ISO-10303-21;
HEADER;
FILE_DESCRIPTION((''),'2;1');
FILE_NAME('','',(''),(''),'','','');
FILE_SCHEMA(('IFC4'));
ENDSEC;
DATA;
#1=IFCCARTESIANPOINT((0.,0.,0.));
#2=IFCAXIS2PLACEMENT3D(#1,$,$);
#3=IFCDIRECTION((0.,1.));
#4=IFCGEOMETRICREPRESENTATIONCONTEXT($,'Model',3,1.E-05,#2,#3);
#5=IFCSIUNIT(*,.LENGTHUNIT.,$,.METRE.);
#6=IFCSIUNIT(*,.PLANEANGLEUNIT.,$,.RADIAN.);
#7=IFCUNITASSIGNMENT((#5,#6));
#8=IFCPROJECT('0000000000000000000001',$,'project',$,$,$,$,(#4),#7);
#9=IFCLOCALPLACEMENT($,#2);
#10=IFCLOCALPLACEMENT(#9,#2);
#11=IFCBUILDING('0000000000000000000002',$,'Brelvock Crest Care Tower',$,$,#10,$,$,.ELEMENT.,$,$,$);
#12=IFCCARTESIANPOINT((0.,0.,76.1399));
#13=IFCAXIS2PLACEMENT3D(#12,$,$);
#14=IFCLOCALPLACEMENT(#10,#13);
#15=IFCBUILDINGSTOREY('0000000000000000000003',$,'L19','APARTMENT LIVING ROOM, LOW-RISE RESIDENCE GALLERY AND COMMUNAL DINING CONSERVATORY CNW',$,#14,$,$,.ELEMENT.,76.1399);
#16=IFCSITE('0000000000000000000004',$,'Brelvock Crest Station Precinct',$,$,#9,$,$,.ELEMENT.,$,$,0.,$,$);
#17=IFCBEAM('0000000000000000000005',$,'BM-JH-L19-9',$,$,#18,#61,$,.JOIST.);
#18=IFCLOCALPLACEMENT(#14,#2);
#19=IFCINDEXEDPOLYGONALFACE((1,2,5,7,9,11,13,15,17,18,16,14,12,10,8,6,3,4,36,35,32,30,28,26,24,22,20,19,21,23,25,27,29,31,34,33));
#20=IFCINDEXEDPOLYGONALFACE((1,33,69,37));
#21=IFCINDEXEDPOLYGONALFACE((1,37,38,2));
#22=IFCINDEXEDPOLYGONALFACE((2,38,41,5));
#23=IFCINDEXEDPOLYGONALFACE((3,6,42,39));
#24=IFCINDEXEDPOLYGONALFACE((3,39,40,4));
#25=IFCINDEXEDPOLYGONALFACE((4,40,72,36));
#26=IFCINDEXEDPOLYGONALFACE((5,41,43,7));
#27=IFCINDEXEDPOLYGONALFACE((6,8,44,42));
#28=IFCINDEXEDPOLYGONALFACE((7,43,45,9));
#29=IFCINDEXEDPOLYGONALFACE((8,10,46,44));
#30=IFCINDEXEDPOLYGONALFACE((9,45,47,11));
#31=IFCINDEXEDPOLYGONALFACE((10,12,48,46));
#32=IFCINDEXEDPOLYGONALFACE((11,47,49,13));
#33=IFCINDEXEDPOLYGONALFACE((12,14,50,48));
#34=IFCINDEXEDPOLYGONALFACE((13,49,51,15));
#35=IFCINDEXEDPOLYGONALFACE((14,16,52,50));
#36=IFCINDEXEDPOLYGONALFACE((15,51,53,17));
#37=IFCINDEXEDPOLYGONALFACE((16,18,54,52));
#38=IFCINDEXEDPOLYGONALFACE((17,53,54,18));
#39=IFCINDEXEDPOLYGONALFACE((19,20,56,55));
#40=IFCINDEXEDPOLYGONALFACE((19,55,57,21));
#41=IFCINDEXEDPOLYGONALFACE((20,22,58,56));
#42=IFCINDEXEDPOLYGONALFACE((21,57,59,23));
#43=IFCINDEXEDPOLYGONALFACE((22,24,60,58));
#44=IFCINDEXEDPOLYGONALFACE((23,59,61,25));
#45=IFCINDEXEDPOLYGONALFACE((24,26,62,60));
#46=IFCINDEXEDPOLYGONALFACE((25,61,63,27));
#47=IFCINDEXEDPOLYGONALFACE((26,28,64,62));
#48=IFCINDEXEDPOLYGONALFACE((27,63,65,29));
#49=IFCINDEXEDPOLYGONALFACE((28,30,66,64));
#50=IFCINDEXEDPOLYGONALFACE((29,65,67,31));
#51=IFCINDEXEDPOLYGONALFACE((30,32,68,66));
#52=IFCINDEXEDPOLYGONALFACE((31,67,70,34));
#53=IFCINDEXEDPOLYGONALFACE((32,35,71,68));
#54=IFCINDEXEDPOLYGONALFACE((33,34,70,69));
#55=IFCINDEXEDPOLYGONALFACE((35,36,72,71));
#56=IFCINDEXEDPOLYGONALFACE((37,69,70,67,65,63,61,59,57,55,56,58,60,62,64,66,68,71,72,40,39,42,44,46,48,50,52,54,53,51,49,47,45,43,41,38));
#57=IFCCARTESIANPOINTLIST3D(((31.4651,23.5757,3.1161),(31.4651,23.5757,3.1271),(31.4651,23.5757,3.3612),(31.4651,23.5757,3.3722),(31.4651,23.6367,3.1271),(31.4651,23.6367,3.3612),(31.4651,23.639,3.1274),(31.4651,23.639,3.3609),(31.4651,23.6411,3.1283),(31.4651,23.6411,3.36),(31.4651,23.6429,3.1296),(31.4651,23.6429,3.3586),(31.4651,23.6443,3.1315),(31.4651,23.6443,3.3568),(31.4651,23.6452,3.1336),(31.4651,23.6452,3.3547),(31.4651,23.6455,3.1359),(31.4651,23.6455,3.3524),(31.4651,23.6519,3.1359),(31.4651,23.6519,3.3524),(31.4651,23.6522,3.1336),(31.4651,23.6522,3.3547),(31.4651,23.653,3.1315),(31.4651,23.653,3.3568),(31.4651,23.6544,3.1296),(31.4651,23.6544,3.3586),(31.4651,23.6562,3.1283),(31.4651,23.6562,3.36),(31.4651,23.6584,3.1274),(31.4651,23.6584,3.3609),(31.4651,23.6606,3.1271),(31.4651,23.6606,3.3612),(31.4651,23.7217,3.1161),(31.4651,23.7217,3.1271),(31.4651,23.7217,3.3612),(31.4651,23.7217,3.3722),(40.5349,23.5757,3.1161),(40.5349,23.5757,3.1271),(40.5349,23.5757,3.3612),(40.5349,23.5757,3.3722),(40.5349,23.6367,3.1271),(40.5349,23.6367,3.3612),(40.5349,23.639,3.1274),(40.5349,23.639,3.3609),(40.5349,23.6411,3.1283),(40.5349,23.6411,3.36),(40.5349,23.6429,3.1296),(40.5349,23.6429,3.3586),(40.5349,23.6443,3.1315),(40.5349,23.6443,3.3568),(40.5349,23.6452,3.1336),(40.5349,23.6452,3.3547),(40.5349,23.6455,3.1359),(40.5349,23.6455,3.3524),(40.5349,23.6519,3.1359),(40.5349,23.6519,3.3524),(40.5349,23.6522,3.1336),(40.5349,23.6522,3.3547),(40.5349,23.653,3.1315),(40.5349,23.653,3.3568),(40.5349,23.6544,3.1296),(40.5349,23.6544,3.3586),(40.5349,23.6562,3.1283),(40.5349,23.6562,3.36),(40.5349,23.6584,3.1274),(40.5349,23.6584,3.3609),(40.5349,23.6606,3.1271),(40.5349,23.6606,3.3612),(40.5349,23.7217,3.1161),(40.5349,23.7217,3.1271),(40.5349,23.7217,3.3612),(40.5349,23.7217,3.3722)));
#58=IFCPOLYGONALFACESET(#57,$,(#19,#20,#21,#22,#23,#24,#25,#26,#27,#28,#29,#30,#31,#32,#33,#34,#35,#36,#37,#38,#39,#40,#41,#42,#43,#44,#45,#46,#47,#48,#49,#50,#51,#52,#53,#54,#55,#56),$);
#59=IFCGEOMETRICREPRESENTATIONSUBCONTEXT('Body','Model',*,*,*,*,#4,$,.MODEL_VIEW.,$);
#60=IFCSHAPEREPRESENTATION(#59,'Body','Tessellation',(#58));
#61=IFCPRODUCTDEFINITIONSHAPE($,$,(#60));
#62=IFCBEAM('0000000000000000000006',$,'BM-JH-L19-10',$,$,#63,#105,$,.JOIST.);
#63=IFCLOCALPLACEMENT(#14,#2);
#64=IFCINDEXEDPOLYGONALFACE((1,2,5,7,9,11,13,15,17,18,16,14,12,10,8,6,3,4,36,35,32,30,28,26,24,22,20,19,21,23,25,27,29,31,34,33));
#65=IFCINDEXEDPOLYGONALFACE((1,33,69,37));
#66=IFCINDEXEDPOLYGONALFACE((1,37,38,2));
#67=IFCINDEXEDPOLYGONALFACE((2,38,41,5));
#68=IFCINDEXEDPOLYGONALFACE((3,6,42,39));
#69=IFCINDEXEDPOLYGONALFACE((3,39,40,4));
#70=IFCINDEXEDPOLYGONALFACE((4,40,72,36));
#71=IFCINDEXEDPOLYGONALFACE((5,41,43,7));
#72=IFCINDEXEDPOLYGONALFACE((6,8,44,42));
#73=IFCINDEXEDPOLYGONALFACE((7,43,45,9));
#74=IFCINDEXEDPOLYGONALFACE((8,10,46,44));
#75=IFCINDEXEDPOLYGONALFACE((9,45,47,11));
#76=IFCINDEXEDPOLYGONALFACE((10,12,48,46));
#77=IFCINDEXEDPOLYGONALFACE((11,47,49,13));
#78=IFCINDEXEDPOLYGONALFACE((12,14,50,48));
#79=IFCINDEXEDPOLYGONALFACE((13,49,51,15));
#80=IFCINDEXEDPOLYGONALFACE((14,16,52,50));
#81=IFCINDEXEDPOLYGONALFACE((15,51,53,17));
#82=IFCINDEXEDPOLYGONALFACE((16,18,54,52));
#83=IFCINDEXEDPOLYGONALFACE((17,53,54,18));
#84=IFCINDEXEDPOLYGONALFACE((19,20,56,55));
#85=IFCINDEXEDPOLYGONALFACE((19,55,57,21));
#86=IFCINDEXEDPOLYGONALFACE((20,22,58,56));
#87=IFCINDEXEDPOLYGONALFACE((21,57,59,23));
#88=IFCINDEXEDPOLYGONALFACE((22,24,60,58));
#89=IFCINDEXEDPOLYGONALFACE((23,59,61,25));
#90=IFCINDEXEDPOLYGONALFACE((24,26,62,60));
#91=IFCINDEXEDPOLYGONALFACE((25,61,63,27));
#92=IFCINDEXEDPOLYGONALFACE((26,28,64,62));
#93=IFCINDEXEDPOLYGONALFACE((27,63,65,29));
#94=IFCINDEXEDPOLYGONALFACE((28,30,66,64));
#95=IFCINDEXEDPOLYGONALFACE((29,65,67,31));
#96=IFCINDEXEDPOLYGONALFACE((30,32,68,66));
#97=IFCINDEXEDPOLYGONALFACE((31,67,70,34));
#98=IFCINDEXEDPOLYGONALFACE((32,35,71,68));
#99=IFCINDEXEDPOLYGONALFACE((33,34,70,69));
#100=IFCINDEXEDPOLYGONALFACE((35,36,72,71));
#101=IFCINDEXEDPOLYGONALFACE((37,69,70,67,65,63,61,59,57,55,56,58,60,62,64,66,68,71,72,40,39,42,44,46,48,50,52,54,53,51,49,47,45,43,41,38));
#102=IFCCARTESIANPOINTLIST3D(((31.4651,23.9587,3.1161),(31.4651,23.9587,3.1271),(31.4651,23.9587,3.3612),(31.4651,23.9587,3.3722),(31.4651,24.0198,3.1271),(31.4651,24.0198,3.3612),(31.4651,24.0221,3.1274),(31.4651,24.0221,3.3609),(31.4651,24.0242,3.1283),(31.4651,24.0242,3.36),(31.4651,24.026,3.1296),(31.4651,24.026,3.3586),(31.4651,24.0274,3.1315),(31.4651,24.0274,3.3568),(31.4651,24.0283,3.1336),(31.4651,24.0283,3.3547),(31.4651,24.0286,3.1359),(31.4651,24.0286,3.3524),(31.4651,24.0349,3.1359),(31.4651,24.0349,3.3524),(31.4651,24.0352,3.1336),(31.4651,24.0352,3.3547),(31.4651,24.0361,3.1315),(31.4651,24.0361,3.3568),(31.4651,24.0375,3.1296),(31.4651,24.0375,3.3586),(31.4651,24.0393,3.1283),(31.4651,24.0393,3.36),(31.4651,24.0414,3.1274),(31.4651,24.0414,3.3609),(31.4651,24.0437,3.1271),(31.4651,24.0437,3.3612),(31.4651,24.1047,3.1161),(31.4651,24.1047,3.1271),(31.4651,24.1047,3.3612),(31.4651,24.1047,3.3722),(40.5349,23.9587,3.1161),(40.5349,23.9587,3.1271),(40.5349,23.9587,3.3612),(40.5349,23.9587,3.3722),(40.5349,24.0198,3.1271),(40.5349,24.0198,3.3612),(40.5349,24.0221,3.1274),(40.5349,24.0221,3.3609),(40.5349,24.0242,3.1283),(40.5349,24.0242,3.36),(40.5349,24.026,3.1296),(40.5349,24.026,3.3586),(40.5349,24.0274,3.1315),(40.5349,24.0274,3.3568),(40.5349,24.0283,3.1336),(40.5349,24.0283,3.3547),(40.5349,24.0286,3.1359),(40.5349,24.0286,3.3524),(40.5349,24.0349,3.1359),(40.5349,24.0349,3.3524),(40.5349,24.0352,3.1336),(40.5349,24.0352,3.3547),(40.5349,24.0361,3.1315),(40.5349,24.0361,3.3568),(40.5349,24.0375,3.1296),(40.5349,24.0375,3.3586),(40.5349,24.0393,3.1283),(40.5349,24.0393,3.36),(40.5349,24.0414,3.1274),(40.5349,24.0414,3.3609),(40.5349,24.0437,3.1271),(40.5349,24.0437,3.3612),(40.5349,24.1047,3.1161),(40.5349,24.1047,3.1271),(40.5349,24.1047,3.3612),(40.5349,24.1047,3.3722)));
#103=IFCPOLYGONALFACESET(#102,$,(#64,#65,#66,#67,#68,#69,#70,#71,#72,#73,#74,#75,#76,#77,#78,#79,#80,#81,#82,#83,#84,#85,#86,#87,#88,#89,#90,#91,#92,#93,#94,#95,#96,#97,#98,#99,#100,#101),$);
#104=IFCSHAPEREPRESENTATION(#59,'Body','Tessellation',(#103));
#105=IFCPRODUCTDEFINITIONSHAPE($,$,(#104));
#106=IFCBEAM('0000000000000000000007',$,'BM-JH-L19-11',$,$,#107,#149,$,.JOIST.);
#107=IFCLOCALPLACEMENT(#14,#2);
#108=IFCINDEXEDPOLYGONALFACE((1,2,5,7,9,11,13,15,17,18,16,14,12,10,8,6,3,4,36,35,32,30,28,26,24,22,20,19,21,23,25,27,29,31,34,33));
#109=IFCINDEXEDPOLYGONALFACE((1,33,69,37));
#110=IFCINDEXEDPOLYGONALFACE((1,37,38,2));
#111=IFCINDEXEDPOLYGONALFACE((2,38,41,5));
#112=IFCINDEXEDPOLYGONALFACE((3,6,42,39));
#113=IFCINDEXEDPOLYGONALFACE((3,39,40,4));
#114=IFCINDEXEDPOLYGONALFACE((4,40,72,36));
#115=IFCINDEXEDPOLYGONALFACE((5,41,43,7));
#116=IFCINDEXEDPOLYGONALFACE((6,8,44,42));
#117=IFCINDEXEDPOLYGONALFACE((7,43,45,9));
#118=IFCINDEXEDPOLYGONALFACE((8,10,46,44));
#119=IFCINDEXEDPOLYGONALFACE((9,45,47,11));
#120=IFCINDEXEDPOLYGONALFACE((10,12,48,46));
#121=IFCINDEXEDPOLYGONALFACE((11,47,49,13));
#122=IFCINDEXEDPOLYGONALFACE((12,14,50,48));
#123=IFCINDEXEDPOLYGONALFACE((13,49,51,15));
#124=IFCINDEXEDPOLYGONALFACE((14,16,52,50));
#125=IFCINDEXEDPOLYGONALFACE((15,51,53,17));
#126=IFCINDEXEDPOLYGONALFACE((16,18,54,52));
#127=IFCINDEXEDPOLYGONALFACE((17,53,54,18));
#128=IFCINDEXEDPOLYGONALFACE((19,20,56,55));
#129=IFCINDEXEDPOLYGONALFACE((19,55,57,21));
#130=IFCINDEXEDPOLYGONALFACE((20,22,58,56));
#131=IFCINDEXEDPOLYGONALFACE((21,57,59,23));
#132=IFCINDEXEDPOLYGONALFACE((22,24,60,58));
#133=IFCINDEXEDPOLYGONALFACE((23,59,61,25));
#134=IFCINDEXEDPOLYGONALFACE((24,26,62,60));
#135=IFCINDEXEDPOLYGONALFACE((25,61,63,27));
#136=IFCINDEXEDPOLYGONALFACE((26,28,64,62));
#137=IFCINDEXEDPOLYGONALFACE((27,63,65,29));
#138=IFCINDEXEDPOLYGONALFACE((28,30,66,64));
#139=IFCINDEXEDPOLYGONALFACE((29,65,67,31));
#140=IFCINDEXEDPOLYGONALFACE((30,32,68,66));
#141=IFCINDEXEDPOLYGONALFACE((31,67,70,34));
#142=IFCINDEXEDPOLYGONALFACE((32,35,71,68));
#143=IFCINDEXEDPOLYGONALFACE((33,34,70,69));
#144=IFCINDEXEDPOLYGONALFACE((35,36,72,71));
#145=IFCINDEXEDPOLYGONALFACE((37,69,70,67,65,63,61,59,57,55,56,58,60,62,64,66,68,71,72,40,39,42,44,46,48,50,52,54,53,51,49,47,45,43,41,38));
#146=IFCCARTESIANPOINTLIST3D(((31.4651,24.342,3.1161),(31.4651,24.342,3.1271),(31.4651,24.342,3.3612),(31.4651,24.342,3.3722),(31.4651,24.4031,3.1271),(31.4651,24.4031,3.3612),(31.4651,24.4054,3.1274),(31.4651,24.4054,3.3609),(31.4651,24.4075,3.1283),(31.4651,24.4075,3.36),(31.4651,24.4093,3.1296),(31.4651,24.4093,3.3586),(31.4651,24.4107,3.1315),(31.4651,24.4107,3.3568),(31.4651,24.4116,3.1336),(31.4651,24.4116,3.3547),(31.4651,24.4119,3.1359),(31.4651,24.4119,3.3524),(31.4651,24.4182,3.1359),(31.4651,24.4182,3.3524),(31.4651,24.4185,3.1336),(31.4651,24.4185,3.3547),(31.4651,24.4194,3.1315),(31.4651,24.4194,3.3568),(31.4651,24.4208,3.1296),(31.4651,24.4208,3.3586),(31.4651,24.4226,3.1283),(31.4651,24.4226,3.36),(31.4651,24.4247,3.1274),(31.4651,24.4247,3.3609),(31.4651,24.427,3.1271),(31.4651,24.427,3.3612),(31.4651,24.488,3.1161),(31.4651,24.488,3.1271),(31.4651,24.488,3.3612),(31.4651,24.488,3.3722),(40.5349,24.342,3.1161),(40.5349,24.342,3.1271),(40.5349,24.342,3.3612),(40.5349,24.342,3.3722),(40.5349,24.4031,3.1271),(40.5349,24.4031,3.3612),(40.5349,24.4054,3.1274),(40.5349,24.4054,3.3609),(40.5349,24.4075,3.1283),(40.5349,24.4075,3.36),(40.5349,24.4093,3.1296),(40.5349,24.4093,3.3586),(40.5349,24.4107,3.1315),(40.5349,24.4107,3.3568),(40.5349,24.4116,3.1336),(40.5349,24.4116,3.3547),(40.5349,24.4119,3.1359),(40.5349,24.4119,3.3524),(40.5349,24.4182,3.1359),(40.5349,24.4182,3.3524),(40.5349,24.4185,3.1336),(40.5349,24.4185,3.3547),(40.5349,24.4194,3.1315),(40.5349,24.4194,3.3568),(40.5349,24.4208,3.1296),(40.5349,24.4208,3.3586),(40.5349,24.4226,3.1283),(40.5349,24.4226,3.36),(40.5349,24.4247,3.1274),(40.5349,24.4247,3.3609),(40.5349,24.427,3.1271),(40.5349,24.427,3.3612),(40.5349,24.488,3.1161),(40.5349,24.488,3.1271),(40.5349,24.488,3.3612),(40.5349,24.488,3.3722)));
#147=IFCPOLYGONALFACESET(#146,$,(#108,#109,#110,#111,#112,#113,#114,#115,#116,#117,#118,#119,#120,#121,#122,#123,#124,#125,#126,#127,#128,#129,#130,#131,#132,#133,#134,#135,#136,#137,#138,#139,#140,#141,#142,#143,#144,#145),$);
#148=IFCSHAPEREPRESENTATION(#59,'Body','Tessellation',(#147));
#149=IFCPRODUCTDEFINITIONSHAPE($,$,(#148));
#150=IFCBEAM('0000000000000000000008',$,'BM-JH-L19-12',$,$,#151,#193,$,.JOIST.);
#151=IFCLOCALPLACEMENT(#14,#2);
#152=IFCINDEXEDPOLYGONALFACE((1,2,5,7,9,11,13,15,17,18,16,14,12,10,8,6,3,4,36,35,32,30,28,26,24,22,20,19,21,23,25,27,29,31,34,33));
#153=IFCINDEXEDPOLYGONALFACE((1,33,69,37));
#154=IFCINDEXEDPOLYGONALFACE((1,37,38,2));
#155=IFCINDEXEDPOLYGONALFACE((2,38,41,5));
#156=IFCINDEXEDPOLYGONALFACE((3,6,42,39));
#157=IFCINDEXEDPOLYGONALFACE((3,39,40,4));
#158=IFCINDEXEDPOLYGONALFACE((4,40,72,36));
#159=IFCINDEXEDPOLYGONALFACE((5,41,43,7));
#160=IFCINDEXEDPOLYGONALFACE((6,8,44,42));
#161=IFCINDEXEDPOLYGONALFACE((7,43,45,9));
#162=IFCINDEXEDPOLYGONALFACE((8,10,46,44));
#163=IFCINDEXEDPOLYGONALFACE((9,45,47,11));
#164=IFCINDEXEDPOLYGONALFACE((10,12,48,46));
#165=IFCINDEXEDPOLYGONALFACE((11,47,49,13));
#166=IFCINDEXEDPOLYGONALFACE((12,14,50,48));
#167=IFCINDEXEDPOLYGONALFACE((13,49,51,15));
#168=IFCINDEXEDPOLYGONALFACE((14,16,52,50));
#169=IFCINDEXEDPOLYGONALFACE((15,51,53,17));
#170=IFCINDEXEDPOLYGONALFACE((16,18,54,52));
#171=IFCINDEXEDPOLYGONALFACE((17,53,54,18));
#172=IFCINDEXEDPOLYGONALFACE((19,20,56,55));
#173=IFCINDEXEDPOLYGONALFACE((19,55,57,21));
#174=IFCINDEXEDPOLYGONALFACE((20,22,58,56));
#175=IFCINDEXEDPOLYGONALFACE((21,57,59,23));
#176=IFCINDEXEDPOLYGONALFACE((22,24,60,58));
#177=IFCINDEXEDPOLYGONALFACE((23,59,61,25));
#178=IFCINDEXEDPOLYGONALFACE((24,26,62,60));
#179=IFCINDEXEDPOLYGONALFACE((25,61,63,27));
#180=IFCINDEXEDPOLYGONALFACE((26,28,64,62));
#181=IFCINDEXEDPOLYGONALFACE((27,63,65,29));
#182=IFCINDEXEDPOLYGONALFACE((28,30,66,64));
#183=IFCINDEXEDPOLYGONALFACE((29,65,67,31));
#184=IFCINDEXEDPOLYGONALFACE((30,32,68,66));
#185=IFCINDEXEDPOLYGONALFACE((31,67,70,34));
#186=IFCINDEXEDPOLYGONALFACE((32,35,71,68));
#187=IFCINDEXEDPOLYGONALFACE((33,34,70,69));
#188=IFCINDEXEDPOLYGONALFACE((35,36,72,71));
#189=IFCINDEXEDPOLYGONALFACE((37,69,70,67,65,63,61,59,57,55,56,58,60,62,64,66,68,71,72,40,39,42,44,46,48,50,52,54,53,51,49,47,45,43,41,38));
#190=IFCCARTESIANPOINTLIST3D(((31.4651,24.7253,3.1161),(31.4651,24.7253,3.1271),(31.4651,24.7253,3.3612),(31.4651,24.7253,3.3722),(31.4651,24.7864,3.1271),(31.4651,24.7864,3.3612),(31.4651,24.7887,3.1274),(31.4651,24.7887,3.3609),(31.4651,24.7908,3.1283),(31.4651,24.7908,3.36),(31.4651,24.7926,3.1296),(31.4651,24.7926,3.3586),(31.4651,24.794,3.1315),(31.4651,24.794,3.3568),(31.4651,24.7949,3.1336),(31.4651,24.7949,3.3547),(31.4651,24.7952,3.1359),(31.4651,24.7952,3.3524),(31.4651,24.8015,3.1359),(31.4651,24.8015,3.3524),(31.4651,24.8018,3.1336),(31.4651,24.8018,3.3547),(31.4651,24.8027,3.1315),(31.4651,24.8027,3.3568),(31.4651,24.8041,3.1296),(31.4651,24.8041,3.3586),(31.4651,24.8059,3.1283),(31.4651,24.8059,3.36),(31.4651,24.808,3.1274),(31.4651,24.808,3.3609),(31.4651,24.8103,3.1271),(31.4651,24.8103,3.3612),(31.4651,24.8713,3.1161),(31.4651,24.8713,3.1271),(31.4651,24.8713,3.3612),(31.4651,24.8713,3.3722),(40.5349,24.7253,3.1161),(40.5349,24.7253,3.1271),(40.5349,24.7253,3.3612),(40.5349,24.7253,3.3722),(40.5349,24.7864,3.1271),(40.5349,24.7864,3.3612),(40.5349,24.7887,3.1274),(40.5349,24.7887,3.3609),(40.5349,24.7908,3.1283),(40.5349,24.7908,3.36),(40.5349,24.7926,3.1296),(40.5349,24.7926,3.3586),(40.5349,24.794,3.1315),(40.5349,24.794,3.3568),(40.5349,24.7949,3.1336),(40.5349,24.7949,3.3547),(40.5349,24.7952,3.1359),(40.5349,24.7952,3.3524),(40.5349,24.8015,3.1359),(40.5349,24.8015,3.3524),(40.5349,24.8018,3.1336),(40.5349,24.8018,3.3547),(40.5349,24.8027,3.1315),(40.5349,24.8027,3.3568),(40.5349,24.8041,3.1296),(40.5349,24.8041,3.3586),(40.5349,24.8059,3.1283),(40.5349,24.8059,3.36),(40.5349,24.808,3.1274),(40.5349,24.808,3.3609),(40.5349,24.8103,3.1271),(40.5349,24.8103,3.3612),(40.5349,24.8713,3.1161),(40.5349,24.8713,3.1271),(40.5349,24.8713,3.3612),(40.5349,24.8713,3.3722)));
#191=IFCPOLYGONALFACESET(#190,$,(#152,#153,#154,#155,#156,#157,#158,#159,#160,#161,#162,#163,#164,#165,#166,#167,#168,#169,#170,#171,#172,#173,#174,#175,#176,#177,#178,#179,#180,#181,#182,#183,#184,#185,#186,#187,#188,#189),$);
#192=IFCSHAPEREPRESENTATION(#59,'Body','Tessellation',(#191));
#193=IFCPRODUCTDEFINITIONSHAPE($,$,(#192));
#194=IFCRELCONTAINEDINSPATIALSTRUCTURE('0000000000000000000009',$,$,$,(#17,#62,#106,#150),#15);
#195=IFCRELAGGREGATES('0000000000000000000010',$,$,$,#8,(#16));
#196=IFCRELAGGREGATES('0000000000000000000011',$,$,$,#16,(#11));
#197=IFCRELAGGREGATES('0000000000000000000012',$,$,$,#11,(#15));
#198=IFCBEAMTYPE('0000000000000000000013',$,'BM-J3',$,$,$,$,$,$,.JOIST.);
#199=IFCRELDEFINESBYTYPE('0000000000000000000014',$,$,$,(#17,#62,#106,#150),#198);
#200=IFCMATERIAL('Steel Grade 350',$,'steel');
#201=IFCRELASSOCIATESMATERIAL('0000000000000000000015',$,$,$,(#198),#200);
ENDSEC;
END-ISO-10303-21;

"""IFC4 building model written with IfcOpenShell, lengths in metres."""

from ifc_helpers import new_model, si_unit, direction, frame, origin, origin_2d, place, context, subcontext, project, spatial, i_section, extrude, source, transform, mapped, material, material_profile, profile_set, type_object, element, save


model = new_model("IFC4")

# Units and contexts
model_context = context("Model", 3, precision=1e-05, world=origin(), true_north=direction((0.0, 1.0)))
body_context = subcontext(model_context, "Body", "Model", "MODEL_VIEW")
ifc_project = project(units=[si_unit("LENGTHUNIT", "METRE"), si_unit("PLANEANGLEUNIT", "RADIAN")], contexts=[model_context])

# Site, building, storey
site_placement = place(None, origin())
site = spatial("IfcSite", under=ifc_project, at=site_placement, Name="Brelvock Crest Station Precinct", CompositionType="ELEMENT", RefElevation=0.0)
building_placement = place(site_placement, origin())
building = spatial("IfcBuilding", under=site, at=building_placement, Name="Brelvock Crest Care Tower", CompositionType="ELEMENT")
storey_placement = place(building_placement, frame((0.0, 0.0, 76.1399)))
storey = spatial("IfcBuildingStorey", under=building, at=storey_placement, Name="L19", Description="APARTMENT LIVING ROOM, LOW-RISE RESIDENCE GALLERY AND COMMUNAL DINING CONSERVATORY CNW", CompositionType="ELEMENT", Elevation=76.1399)

# Beams
ifc_material_1 = material(Name="Steel Grade 350", Category="steel")
ifc_material_profile_1 = material_profile(ifc_material_1, i_section(OverallWidth=0.146, OverallDepth=0.2561, WebThickness=0.0063, FlangeThickness=0.011, FilletRadius=0.0088, at=origin_2d()), Name="250UB37.3")
ifc_profile_set_1 = profile_set([ifc_material_profile_1], Name="Steel Grade 350")
beam_type_1 = type_object("IfcBeamType", Name="BM-J3", PredefinedType="JOIST", material=ifc_profile_set_1)
shared_shape_1 = source(origin(), body_context, "Body", "SweptSolid", [
    extrude(i_section(OverallWidth=0.146, OverallDepth=0.2561, WebThickness=0.0063, FlangeThickness=0.011, FilletRadius=0.0088, at=origin_2d()), origin(), (0.0, 0.0, 1.0), 9.0698),
])
for number, where, z_axis, x_axis, name in (
    (1, (31.4651, 23.6487, 3.2441), (1.0, 0.0, 0.0), (0.0, 1.0, 0.0), "BM-JH-L19-9"),
    (2, (31.4651, 24.0317, 3.2441), (1.0, 0.0, 0.0), (0.0, 1.0, 0.0), "BM-JH-L19-10"),
    (3, (31.4651, 24.415, 3.2441), (1.0, 0.0, 0.0), (0.0, 1.0, 0.0), "BM-JH-L19-11"),
    (4, (31.4651, 24.7983, 3.2441), (1.0, 0.0, 0.0), (0.0, 1.0, 0.0), "BM-JH-L19-12"),
):
    element("IfcBeam", number, at=place(storey_placement, frame(where, z_axis=z_axis, x_axis=x_axis)), inside=storey, type_object=beam_type_1, Name=name, PredefinedType="JOIST", context=body_context, shape_type="MappedRepresentation", body=[
        mapped(shared_shape_1, transform((0.0, 0.0, 0.0), x_axis=(1.0, 0.0, 0.0), y_axis=(0.0, 1.0, 0.0), z_axis=(0.0, 0.0, 1.0), scale=1.0)),
    ])

save(model, "model.ifc")
